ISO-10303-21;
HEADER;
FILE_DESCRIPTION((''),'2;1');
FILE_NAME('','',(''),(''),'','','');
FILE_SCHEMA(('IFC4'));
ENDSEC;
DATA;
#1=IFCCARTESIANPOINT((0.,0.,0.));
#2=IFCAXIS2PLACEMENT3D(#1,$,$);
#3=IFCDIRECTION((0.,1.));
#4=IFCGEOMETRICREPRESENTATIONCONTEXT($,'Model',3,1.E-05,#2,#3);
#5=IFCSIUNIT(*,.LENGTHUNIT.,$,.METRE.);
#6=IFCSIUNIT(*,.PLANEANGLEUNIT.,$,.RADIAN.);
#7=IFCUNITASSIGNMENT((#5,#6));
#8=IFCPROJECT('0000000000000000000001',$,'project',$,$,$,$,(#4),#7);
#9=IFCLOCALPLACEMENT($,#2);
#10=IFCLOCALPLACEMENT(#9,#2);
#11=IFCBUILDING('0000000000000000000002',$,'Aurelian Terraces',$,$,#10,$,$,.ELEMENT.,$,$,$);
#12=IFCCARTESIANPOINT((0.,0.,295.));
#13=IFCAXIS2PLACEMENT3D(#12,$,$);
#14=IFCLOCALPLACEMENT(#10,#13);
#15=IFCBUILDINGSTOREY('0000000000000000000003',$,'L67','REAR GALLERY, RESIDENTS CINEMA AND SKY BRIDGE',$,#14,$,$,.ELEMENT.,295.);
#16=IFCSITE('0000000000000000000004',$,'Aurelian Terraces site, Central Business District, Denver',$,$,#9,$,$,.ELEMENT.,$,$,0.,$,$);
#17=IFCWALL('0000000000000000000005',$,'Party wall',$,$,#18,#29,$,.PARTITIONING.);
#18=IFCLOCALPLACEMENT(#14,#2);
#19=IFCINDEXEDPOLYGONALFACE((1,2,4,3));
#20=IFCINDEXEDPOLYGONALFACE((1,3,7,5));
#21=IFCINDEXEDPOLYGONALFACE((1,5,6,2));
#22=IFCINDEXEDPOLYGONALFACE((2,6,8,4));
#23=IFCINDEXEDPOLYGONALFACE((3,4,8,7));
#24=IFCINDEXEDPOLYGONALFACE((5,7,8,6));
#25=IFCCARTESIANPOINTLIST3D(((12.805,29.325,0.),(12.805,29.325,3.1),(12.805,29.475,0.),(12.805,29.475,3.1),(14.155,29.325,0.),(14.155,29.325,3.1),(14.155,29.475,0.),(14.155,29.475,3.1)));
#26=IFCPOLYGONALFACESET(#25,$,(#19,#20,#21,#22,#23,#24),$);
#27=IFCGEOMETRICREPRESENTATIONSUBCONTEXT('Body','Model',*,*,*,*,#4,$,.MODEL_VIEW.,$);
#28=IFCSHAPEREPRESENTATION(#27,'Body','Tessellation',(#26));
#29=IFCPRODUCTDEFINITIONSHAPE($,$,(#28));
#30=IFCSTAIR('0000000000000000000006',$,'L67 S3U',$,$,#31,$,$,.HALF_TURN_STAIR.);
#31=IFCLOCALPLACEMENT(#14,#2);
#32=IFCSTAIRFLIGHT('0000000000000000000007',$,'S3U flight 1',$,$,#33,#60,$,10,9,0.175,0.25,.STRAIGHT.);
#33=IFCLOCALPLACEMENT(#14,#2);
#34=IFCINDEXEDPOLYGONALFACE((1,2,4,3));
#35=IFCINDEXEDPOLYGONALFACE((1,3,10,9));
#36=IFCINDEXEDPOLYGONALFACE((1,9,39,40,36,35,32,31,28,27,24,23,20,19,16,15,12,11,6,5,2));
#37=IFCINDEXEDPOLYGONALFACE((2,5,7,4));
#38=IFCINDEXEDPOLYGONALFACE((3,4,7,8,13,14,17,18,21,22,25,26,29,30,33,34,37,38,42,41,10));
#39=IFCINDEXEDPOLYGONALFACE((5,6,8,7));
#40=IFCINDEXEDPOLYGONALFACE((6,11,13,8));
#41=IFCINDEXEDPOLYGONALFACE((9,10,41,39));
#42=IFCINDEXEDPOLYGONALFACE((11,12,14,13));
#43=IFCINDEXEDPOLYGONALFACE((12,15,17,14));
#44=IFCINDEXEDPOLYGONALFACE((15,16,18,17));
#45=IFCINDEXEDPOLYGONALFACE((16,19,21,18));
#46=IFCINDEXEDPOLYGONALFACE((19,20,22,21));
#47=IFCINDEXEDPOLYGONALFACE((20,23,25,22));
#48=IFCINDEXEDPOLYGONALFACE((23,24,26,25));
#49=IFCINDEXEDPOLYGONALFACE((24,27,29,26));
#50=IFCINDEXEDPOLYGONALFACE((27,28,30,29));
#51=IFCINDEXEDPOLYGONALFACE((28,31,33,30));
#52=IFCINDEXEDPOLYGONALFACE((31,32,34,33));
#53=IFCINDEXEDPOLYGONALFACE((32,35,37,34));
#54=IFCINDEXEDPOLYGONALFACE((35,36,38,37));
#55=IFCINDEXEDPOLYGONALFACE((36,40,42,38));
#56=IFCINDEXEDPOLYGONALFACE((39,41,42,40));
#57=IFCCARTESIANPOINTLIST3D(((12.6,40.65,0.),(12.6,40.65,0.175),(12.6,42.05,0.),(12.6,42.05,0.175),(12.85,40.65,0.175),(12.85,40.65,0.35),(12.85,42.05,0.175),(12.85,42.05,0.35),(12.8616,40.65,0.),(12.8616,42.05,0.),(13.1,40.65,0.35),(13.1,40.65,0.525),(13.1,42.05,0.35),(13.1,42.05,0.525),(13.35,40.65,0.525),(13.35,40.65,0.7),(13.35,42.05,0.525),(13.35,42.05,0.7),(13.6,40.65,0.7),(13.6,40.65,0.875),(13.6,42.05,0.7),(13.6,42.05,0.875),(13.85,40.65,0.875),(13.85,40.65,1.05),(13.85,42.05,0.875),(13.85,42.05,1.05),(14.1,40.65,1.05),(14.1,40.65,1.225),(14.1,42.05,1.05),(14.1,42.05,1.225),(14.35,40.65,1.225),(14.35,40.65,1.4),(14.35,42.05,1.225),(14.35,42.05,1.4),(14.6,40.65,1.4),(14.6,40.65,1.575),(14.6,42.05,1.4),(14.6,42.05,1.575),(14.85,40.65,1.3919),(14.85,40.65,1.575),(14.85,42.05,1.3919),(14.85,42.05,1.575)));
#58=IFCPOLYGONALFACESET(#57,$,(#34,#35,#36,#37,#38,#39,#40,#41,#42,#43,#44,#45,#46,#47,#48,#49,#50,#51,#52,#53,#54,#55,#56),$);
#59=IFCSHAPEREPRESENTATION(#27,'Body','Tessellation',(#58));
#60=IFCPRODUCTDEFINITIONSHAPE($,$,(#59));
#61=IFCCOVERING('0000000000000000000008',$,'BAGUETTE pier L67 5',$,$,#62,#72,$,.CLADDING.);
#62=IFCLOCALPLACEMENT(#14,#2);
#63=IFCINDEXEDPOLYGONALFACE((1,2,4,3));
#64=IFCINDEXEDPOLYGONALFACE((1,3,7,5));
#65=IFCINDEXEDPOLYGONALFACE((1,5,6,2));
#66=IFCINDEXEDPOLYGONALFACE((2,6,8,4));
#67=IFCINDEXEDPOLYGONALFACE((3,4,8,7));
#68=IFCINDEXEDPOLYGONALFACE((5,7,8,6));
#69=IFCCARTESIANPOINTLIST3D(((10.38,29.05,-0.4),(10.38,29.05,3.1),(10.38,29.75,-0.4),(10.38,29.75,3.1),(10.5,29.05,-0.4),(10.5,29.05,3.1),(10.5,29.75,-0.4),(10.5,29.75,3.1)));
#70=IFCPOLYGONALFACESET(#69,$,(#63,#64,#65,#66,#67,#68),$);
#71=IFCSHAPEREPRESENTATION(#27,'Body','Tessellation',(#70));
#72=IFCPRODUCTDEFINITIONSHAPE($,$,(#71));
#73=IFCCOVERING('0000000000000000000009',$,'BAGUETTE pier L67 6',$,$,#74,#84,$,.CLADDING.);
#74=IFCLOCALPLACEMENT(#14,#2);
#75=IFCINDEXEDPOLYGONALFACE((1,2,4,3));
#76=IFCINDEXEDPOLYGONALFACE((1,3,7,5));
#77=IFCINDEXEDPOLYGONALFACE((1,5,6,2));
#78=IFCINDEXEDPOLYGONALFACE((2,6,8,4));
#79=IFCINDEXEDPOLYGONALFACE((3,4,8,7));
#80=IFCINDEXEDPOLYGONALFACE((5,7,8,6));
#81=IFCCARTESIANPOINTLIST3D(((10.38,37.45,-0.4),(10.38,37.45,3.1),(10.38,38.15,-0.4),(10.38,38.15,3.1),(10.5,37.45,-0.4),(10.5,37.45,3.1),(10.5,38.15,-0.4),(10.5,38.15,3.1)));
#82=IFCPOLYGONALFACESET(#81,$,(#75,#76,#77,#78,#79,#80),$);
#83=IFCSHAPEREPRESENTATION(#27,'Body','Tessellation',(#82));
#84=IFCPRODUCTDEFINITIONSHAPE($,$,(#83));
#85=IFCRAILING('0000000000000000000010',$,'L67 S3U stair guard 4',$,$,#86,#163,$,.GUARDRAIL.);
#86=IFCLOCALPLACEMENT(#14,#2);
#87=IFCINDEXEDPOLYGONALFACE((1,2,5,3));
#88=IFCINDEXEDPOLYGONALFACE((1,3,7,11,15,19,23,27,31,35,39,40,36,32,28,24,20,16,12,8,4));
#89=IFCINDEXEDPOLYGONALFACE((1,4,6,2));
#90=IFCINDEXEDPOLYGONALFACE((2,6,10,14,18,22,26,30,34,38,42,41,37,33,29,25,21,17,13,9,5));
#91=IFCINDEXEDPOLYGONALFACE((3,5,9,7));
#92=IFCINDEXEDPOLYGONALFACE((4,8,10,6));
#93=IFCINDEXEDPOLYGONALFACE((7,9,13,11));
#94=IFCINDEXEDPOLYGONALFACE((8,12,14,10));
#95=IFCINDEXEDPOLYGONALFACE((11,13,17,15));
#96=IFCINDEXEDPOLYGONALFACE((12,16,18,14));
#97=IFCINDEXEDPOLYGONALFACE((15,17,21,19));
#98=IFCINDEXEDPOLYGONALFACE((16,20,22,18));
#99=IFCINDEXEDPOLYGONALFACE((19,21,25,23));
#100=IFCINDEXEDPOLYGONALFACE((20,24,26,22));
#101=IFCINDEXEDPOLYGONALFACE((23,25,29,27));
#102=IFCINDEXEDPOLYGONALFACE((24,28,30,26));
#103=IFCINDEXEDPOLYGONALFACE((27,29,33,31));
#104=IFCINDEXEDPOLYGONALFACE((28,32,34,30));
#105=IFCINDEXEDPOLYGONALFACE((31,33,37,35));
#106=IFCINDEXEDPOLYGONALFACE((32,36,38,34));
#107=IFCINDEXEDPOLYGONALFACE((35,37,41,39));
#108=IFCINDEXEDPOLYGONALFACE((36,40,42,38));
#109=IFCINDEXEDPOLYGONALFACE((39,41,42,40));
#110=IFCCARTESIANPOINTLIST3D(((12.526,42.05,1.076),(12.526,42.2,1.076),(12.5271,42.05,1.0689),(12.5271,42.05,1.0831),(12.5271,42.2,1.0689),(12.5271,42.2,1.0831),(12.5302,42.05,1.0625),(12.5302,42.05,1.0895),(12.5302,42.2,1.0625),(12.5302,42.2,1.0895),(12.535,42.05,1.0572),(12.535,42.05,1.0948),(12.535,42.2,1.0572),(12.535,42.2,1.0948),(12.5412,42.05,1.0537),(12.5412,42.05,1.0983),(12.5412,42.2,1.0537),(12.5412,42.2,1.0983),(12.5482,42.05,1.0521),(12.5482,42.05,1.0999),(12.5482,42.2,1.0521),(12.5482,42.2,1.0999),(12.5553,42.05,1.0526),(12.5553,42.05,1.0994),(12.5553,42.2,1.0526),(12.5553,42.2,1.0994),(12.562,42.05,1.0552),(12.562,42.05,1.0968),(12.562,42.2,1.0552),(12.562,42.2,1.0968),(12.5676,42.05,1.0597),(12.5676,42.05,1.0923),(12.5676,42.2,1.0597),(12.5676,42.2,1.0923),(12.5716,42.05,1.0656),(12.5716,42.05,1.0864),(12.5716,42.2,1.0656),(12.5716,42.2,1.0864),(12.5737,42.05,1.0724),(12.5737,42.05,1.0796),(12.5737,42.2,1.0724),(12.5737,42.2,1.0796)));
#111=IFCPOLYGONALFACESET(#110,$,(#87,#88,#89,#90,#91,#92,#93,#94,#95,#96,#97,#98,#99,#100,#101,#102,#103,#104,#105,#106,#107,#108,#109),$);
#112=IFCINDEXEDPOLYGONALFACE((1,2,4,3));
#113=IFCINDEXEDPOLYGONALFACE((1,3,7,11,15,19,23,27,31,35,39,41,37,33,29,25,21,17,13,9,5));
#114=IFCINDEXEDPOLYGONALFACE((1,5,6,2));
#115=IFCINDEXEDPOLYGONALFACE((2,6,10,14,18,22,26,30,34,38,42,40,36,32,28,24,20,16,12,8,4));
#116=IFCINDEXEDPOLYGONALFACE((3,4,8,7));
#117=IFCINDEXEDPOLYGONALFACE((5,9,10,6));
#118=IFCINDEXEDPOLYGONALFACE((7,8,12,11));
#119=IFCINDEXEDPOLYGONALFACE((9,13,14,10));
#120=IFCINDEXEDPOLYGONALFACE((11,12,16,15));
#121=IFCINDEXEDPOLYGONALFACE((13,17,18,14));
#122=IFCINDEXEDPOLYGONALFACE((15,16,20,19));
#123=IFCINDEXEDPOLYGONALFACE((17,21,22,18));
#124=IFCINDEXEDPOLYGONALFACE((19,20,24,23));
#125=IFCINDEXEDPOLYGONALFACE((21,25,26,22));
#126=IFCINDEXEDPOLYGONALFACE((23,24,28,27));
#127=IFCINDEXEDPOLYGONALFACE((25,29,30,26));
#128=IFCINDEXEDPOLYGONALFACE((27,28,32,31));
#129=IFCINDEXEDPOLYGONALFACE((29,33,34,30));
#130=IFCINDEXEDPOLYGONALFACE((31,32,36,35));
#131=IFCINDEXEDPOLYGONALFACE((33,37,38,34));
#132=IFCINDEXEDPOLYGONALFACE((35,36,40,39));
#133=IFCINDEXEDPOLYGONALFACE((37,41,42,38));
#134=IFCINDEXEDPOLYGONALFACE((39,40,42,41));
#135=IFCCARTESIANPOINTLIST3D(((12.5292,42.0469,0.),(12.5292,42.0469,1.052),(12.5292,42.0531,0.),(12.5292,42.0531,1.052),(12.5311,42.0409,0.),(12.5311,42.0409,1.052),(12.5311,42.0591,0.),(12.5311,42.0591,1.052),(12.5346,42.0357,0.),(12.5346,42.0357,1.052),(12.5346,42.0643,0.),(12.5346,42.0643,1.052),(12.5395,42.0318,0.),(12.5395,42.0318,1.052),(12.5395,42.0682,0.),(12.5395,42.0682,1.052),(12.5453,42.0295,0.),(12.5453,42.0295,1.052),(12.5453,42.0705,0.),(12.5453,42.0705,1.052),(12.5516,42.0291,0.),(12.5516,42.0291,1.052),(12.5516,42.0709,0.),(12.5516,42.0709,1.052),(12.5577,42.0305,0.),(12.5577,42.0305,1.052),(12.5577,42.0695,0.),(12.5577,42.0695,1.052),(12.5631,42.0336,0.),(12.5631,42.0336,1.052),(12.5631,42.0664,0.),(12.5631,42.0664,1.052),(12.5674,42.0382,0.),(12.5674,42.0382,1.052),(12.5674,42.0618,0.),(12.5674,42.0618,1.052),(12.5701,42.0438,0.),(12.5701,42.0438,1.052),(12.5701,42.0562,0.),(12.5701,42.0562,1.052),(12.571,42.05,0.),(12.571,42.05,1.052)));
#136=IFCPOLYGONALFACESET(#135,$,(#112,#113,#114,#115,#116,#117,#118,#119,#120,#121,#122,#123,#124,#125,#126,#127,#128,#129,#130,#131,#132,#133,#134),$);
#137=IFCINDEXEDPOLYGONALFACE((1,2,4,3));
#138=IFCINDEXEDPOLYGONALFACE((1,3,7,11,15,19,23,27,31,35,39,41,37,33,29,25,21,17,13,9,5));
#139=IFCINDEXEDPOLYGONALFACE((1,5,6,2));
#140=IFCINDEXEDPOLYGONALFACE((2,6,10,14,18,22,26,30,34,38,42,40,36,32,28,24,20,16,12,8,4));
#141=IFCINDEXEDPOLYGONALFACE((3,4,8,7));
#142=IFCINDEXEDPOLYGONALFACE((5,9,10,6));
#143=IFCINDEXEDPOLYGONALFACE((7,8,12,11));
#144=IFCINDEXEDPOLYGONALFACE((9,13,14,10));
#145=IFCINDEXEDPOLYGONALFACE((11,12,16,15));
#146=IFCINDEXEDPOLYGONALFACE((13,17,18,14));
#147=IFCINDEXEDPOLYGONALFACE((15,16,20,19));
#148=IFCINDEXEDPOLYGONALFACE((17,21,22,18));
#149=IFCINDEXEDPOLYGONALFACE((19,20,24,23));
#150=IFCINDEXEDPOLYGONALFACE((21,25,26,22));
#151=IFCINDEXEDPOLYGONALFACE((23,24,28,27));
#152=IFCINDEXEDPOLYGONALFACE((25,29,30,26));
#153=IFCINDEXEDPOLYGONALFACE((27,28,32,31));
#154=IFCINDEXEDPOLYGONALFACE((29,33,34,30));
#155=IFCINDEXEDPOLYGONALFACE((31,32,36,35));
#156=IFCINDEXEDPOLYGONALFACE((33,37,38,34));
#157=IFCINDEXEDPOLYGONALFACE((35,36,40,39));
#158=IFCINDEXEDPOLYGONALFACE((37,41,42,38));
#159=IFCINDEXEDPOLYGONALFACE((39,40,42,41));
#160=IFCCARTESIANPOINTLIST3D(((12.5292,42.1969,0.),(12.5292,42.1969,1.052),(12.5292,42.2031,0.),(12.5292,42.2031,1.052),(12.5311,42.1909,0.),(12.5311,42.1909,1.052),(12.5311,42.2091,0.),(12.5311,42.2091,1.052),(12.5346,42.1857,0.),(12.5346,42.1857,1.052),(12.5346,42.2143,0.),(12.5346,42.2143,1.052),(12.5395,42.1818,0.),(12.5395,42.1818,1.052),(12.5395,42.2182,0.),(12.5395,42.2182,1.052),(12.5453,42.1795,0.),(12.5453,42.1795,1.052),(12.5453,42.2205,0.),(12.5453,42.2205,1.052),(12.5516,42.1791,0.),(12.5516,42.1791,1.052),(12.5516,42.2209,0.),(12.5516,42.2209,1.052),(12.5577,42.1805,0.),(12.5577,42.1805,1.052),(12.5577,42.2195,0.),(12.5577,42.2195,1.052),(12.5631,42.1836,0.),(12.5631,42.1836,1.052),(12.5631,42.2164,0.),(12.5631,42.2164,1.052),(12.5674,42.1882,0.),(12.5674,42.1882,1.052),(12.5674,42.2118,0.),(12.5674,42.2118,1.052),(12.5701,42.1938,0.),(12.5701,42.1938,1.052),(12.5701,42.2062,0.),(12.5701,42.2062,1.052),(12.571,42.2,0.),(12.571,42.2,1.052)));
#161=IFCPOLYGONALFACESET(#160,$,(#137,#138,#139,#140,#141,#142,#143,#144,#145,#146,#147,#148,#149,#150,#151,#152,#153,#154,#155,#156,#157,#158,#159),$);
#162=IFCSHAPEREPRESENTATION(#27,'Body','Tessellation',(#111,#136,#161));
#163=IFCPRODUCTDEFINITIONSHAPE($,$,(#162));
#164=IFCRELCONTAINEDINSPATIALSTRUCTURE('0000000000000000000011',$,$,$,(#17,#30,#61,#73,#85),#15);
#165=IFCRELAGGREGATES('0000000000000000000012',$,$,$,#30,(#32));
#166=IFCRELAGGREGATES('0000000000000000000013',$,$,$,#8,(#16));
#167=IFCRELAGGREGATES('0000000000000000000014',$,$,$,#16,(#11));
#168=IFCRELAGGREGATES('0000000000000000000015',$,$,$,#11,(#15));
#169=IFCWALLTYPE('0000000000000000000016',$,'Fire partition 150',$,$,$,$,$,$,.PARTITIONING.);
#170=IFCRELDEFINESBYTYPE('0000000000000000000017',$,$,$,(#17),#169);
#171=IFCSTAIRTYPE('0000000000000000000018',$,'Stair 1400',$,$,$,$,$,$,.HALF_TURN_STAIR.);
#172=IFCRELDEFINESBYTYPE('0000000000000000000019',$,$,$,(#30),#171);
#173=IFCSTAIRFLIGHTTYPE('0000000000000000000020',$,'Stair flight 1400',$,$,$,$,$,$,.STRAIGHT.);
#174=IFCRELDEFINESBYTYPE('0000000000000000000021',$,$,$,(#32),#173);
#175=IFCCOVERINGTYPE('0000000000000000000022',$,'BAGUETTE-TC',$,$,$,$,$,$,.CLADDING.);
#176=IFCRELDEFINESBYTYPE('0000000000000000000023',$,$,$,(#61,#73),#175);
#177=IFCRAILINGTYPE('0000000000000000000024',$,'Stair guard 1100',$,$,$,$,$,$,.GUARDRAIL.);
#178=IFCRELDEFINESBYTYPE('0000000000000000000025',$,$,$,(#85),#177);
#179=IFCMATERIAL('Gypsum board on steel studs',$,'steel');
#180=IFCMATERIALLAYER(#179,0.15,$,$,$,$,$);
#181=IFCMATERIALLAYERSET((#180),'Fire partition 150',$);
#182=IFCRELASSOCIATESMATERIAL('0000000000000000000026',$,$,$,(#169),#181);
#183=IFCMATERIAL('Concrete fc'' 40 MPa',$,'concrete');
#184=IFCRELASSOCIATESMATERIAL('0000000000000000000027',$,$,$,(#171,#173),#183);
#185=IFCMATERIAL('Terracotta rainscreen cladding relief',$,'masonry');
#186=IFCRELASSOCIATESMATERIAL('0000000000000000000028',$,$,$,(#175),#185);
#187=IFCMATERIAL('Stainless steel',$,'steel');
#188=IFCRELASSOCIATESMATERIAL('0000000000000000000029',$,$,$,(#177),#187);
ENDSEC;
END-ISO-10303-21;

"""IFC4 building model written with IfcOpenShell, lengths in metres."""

from ifc_helpers import new_model, si_unit, direction, frame, frame_2d, origin, origin_2d, place, context, subcontext, project, spatial, polyline, rectangle, circle, outline, extrude, source, transform, mapped, material, layer, layer_set, type_object, element, aggregate, save


model = new_model("IFC4")

# Units and contexts
model_context = context("Model", 3, precision=1e-05, world=origin(), true_north=direction((0.0, 1.0)))
body_context = subcontext(model_context, "Body", "Model", "MODEL_VIEW")
ifc_project = project(units=[si_unit("LENGTHUNIT", "METRE"), si_unit("PLANEANGLEUNIT", "RADIAN")], contexts=[model_context])

# Site, building, storey
site_placement = place(None, origin())
site = spatial("IfcSite", under=ifc_project, at=site_placement, Name="Aurelian Terraces site, Central Business District, Denver", CompositionType="ELEMENT", RefElevation=0.0)
building_placement = place(site_placement, origin())
building = spatial("IfcBuilding", under=site, at=building_placement, Name="Aurelian Terraces", CompositionType="ELEMENT")
storey_placement = place(building_placement, frame((0.0, 0.0, 295.0)))
storey = spatial("IfcBuildingStorey", under=building, at=storey_placement, Name="L67", Description="REAR GALLERY, RESIDENTS CINEMA AND SKY BRIDGE", CompositionType="ELEMENT", Elevation=295.0)

# Shared definitions
ifc_material_1 = material(Name="Concrete fc' 40 MPa", Category="concrete")

# Shared definitions
ifc_material_2 = material(Name="Gypsum board on steel studs", Category="steel")

# Wall
ifc_layer_1 = layer(ifc_material_2, 0.15)
ifc_layer_set_1 = layer_set([ifc_layer_1], Name="Fire partition 150")
wall_type_1 = type_object("IfcWallType", Name="Fire partition 150", PredefinedType="PARTITIONING", material=ifc_layer_set_1)
shared_shape_1 = source(origin(), body_context, "Body", "SweptSolid", [
    extrude(rectangle(XDim=1.35, YDim=0.15, at=frame_2d((0.675, 0.0))), origin(), (0.0, 0.0, 1.0), 3.1),
])
wall_1_placement = place(storey_placement, frame((14.155, 29.4, 0.0), z_axis=(0.0, 0.0, 1.0), x_axis=(-1.0, 0.0, 0.0)))
element("IfcWall", 1, at=wall_1_placement, inside=storey, type_object=wall_type_1, Name="Party wall", PredefinedType="PARTITIONING", context=body_context, shape_type="MappedRepresentation", body=[
    mapped(shared_shape_1, transform((0.0, 0.0, 0.0), scale=1.0)),
])

# Stair, stair flight
stair_type = type_object("IfcStairType", Name="Stair 1400", PredefinedType="HALF_TURN_STAIR", material=ifc_material_1)
stair_placement = place(storey_placement, origin())
stair = element("IfcStair", 2, at=stair_placement, inside=storey, type_object=stair_type, Name="L67 S3U", PredefinedType="HALF_TURN_STAIR")
stair_flight_type = type_object("IfcStairFlightType", Name="Stair flight 1400", PredefinedType="STRAIGHT", material=ifc_material_1)
shared_shape_2 = source(origin(), body_context, "Body", "SweptSolid", [
    extrude(outline(polyline([(0.0, 0.0), (0.0, 0.175), (0.25, 0.175), (0.25, 0.35), (0.5, 0.35), (0.5, 0.525), (0.75, 0.525), (0.75, 0.7), (1.0, 0.7), (1.0, 0.875), (1.25, 0.875), (1.25, 1.05), (1.5, 1.05), (1.5, 1.225), (1.75, 1.225), (1.75, 1.4), (2.0, 1.4), (2.0, 1.575), (2.25, 1.575), (2.25, 1.75), (2.25, 1.3919), (0.2616, 0.0), (0.0, 0.0)])), frame((0.0, 0.7, 0.0), z_axis=(0.0, -1.0, 0.0), x_axis=(1.0, 0.0, 0.0)), (0.0, 0.0, 1.0), 1.4),
])
stair_flight_placement = place(storey_placement, frame((12.6, 41.35, 0.0), z_axis=(0.0, 0.0, 1.0), x_axis=(1.0, 0.0, 0.0)))
stair_flight = element("IfcStairFlight", 3, at=stair_flight_placement, type_object=stair_flight_type, Name="S3U flight 1", NumberOfRisers=10, NumberOfTreads=9, PredefinedType="STRAIGHT", RiserHeight=0.175, TreadLength=0.25, context=body_context, shape_type="MappedRepresentation", body=[
    mapped(shared_shape_2, transform((0.0, 0.0, 0.0), scale=1.0)),
])
aggregate(stair, [stair_flight])

# Coverings
ifc_material_3 = material(Name="Terracotta rainscreen cladding relief", Category="masonry")
covering_type_1 = type_object("IfcCoveringType", Name="BAGUETTE-TC", PredefinedType="CLADDING", material=ifc_material_3)
shared_shape_3 = source(origin(), body_context, "Body", "SweptSolid", [
    extrude(rectangle(XDim=0.12, YDim=0.7, at=origin_2d()), origin(), (0.0, 0.0, 1.0), 3.5),
])
for number, where, z_axis, x_axis, name in (
    (4, (10.44, 29.4, -0.4), (0.0, 0.0, 1.0), (1.0, 0.0, 0.0), "BAGUETTE pier L67 5"),
    (5, (10.44, 37.8, -0.4), (0.0, 0.0, 1.0), (1.0, 0.0, 0.0), "BAGUETTE pier L67 6"),
):
    element("IfcCovering", number, at=place(storey_placement, frame(where, z_axis=z_axis, x_axis=x_axis)), inside=storey, type_object=covering_type_1, Name=name, PredefinedType="CLADDING", context=body_context, shape_type="MappedRepresentation", body=[
        mapped(shared_shape_3, transform((0.0, 0.0, 0.0), scale=1.0)),
    ])

# Railing
ifc_material_4 = material(Name="Stainless steel", Category="steel")
railing_type_1 = type_object("IfcRailingType", Name="Stair guard 1100", PredefinedType="GUARDRAIL", material=ifc_material_4)
shared_shape_4 = source(origin(), body_context, "Body", "SweptSolid", [
    extrude(circle(Radius=0.024, at=origin_2d()), frame((0.0, 0.0, 1.076), z_axis=(0.0, 1.0, 0.0), x_axis=(-1.0, 0.0, 0.0)), (0.0, 0.0, 1.0), 0.15),
    extrude(circle(Radius=0.021, at=origin_2d()), origin(), (0.0, 0.0, 1.0), 1.052),
    extrude(circle(Radius=0.021, at=origin_2d()), frame((0.0, 0.15, 0.0)), (0.0, 0.0, 1.0), 1.052),
])
railing_1_placement = place(storey_placement, frame((12.55, 42.05, 0.0)))
element("IfcRailing", 6, at=railing_1_placement, inside=storey, type_object=railing_type_1, Name="L67 S3U stair guard 4", PredefinedType="GUARDRAIL", context=body_context, shape_type="MappedRepresentation", body=[
    mapped(shared_shape_4, transform((0.0, 0.0, 0.0), scale=1.0)),
])

save(model, "model.ifc")
